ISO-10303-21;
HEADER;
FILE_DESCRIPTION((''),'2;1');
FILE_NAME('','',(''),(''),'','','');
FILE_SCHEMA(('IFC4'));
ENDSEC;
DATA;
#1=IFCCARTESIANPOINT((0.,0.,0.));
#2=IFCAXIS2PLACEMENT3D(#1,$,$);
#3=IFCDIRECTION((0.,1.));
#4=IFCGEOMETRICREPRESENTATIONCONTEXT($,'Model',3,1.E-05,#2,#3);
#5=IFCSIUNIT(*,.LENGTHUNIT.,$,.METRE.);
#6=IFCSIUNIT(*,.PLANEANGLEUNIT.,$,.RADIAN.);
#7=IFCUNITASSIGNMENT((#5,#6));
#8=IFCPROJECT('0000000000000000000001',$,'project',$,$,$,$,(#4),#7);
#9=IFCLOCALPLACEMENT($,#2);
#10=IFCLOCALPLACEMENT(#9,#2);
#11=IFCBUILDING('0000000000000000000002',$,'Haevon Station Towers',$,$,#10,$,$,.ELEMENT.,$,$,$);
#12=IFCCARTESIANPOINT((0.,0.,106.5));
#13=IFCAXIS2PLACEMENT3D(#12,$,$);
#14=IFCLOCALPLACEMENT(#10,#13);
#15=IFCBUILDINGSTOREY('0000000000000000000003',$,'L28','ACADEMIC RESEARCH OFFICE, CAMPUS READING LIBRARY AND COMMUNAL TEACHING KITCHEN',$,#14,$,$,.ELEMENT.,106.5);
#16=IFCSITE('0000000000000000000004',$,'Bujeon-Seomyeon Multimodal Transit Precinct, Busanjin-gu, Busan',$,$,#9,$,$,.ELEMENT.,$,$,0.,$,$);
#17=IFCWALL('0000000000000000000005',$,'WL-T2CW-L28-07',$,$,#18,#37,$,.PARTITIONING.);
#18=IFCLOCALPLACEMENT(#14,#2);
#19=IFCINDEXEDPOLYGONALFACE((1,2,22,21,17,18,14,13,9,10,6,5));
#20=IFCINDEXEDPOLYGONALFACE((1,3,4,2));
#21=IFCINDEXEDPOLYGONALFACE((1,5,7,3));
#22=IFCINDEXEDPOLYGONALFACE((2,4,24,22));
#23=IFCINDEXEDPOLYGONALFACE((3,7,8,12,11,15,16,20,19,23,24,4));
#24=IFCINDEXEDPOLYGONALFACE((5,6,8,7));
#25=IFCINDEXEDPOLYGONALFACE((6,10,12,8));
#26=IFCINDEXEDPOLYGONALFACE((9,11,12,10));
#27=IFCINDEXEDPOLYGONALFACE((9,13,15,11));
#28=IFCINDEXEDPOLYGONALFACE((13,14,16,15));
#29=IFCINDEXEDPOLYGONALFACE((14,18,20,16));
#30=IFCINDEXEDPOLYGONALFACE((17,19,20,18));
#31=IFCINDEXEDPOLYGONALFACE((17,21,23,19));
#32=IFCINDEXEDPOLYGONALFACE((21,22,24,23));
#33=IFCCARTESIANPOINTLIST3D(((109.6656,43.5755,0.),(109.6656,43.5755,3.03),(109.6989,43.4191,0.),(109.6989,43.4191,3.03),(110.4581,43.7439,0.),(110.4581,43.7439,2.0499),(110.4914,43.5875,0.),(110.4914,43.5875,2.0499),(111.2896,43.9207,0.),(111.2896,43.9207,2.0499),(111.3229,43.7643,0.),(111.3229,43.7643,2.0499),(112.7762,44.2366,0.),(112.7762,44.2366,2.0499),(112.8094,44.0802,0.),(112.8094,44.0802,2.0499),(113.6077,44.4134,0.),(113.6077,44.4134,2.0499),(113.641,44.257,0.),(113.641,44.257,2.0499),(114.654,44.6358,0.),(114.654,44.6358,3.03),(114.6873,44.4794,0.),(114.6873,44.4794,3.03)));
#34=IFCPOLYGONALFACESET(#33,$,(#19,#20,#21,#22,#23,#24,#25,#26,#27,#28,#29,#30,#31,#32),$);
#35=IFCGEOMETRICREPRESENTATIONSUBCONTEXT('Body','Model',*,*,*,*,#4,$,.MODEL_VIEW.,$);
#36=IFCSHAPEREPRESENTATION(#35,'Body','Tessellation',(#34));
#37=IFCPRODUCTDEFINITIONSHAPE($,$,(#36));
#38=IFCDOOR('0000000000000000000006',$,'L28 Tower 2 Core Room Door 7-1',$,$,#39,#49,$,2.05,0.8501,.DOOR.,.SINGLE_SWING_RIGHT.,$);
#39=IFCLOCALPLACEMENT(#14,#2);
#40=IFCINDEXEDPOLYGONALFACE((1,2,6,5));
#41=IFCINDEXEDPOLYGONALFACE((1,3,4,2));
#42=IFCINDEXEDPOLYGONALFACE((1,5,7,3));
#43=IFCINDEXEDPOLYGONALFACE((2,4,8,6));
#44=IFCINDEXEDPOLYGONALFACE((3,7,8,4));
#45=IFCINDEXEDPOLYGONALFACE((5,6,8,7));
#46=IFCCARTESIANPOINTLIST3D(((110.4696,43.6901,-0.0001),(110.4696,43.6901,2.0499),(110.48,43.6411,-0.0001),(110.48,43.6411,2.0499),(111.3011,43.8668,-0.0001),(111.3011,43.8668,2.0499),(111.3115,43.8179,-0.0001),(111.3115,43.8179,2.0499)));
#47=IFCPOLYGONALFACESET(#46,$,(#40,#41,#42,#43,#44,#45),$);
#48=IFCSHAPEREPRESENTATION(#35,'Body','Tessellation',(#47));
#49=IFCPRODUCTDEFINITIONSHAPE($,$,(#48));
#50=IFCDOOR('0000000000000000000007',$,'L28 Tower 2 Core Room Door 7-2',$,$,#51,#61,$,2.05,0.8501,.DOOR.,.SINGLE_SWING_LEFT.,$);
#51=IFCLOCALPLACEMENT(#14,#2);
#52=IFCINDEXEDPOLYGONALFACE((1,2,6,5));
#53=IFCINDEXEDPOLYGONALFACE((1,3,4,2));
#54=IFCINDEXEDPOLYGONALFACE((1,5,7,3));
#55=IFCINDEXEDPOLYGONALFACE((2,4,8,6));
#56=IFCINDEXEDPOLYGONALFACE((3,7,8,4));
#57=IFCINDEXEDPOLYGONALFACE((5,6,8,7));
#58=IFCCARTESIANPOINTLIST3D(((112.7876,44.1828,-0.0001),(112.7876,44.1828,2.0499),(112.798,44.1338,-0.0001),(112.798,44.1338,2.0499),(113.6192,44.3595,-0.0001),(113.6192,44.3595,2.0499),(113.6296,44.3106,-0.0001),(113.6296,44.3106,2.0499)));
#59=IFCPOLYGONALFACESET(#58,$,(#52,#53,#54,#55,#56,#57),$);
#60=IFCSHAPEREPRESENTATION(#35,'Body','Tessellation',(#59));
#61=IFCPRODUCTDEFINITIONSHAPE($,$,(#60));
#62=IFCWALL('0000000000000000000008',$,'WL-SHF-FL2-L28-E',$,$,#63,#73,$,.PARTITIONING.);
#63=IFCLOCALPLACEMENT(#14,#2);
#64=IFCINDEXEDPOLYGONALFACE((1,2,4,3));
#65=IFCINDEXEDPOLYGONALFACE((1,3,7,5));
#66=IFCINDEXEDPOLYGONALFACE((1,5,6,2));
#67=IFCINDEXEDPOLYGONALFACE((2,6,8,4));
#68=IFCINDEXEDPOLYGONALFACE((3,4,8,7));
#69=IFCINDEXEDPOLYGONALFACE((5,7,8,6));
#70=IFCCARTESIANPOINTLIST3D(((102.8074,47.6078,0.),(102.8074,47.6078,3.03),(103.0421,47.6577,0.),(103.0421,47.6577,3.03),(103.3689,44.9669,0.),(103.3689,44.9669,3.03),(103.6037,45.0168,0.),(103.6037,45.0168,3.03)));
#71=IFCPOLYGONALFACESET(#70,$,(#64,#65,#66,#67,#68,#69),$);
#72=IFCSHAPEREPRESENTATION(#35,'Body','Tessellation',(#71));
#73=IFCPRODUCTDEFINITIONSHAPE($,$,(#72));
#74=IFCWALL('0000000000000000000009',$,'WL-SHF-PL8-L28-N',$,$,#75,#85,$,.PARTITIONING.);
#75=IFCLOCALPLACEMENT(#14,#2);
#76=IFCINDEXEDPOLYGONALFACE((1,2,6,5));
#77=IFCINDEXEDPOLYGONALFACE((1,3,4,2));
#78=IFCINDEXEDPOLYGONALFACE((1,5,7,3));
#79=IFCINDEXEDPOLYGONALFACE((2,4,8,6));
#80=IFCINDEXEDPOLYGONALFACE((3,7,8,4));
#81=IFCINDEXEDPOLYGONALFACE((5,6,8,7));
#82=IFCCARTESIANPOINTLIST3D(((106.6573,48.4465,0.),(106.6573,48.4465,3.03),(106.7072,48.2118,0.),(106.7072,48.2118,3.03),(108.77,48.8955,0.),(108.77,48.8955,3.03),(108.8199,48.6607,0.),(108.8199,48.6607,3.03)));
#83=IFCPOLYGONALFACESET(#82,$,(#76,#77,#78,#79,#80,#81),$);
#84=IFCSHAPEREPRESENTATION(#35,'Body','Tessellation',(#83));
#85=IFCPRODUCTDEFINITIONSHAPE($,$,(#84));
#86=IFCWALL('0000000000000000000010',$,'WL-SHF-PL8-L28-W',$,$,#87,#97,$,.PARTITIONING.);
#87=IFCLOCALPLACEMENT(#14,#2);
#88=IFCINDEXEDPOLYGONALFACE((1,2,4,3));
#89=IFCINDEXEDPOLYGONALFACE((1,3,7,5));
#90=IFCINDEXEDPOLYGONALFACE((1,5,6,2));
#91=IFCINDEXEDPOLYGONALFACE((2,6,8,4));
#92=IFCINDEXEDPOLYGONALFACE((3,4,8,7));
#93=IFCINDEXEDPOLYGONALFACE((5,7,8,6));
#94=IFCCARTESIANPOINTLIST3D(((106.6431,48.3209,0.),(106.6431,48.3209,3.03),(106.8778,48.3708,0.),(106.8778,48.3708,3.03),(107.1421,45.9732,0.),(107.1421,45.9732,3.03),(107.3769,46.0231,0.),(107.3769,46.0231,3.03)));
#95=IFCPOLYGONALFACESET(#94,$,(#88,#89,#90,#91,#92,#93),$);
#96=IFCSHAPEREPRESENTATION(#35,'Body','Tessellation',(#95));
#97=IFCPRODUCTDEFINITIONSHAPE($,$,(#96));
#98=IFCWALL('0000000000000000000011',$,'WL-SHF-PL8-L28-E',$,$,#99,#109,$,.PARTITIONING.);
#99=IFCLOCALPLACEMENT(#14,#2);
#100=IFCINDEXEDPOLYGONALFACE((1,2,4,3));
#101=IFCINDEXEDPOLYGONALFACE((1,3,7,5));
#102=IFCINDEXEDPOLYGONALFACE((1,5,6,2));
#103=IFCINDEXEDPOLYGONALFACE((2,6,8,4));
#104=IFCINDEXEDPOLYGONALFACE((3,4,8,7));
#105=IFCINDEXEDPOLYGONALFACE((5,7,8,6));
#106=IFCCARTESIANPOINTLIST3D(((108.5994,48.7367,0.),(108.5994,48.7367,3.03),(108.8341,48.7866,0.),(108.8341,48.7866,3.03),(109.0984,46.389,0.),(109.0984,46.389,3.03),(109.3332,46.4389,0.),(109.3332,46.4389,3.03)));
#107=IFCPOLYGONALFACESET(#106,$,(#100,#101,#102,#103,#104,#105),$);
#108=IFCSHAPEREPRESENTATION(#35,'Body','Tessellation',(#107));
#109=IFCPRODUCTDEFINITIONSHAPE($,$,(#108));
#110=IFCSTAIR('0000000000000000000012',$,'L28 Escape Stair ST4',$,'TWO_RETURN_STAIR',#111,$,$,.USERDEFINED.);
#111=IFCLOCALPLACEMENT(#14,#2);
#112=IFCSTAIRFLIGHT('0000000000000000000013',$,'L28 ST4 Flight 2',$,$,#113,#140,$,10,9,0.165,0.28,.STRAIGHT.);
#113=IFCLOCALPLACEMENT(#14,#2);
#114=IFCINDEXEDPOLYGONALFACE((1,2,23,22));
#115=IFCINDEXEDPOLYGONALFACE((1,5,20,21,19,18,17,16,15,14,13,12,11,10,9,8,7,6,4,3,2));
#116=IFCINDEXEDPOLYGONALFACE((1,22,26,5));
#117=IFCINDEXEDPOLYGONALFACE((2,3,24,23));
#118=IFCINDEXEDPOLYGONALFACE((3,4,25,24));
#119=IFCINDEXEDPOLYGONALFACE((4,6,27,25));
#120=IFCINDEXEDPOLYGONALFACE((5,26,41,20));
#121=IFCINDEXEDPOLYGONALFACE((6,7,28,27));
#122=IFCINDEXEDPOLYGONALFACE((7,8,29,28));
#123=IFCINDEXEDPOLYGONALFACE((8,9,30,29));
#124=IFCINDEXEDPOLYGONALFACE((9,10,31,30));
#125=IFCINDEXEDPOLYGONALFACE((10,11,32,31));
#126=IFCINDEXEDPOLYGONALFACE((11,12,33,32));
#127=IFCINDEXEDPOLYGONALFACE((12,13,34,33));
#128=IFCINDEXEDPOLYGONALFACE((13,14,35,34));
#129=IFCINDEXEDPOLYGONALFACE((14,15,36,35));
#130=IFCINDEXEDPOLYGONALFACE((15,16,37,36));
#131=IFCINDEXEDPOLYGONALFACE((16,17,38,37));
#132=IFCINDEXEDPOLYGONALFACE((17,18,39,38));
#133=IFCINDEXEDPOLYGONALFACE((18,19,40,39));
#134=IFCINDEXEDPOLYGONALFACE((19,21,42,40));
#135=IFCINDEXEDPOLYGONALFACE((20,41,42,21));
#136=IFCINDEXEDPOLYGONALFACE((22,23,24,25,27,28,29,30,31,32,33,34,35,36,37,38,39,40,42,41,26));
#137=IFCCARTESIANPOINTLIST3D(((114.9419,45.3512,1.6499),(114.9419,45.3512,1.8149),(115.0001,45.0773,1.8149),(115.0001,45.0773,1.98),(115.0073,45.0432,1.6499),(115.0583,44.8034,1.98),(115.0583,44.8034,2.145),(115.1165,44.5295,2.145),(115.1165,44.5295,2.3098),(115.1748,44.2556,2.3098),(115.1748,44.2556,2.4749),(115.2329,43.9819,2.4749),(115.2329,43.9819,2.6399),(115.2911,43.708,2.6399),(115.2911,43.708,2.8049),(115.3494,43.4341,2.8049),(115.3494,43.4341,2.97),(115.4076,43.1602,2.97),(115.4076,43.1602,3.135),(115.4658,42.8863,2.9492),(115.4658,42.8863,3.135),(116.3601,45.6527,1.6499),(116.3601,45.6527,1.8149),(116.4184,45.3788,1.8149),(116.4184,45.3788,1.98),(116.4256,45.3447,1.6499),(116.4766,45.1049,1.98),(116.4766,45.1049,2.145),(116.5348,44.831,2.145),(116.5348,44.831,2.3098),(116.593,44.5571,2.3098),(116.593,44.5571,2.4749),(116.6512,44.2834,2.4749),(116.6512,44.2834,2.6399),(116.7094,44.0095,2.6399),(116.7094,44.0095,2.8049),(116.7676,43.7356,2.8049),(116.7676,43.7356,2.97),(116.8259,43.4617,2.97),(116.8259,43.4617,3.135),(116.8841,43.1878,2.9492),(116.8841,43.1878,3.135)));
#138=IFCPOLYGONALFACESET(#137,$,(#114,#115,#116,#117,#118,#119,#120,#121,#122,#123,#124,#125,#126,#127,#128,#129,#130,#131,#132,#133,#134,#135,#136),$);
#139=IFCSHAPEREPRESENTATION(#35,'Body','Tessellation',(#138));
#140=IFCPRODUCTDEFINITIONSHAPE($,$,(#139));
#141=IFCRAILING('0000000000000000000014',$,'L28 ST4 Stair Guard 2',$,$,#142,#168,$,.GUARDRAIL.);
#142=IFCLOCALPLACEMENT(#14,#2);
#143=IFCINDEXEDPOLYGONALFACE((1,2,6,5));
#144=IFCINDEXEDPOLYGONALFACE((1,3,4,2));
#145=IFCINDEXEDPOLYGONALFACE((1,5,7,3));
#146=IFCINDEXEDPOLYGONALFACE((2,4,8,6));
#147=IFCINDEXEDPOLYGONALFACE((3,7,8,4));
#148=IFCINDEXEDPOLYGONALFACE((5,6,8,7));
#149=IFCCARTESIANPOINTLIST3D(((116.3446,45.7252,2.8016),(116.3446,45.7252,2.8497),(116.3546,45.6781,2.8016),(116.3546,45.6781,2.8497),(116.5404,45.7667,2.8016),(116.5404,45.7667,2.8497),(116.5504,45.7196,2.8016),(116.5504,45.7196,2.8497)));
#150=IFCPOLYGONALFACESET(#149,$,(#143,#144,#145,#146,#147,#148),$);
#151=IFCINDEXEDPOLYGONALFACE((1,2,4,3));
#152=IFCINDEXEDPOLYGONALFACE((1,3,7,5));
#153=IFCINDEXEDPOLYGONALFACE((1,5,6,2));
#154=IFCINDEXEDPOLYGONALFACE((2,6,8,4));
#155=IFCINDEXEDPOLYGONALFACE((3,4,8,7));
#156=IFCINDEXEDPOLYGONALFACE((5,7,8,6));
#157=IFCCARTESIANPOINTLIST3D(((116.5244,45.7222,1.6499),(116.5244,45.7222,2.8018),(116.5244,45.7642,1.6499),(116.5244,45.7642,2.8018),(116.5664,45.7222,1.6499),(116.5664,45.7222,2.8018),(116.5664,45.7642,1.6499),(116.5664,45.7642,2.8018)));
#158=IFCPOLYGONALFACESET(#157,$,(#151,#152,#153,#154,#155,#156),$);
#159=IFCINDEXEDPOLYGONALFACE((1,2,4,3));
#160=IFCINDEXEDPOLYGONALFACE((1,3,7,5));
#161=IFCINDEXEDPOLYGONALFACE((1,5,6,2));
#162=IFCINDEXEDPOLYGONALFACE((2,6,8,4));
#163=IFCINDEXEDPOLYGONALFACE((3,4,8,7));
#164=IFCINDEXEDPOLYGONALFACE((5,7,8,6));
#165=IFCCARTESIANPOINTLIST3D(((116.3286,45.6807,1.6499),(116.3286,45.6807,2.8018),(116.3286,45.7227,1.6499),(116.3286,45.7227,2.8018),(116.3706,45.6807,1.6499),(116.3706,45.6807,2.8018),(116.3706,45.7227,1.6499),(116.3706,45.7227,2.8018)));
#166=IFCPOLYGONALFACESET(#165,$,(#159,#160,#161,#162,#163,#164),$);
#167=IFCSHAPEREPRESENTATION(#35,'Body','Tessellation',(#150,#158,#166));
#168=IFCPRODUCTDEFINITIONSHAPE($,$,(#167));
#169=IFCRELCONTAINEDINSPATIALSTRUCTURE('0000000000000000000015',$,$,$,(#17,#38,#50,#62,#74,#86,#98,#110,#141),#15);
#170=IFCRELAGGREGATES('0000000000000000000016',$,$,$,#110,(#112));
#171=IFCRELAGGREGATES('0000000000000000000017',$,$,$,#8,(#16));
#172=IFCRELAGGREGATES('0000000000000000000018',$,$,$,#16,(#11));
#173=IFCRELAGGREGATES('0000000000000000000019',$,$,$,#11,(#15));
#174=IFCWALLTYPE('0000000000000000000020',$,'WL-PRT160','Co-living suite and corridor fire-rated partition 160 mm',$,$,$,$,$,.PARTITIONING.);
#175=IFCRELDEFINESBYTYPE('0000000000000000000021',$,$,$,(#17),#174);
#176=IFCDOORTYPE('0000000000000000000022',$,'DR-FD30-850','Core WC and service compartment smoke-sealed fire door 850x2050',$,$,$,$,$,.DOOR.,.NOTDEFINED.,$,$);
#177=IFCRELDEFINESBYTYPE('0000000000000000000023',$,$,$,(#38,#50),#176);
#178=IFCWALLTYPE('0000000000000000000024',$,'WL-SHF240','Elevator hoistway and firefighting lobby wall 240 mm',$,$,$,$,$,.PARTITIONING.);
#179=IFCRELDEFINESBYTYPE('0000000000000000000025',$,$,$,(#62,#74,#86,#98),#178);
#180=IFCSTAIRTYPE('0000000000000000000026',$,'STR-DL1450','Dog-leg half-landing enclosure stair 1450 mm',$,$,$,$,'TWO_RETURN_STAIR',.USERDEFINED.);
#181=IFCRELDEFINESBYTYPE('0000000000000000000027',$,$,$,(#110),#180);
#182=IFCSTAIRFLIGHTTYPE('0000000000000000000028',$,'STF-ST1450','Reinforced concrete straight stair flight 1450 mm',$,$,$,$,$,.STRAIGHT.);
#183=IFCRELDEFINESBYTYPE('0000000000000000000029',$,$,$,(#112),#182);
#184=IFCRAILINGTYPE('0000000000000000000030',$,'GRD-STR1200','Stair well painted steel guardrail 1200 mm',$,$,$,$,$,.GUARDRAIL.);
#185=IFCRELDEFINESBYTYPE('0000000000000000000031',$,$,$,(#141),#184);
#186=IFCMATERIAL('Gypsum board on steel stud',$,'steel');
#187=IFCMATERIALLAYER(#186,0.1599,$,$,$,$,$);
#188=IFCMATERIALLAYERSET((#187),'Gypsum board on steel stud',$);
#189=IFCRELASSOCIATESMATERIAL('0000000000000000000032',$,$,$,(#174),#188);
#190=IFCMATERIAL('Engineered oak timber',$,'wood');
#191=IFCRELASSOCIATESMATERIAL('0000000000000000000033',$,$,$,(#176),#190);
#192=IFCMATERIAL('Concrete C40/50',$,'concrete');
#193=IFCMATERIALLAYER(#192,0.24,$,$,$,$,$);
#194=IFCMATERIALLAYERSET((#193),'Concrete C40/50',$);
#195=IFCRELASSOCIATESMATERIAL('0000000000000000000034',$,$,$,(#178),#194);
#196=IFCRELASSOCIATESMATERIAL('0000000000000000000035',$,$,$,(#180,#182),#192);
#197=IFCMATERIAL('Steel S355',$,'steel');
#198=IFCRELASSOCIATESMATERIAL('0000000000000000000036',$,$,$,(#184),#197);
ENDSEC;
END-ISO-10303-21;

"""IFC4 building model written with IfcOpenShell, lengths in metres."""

from ifc_helpers import new_model, si_unit, direction, frame, frame_2d, origin, origin_2d, place, context, subcontext, project, spatial, polyline, rectangle, outline, extrude, material, layer, layer_set, type_object, element, fill, aggregate, save


model = new_model("IFC4")

# Units and contexts
model_context = context("Model", 3, precision=1e-05, world=origin(), true_north=direction((0.0, 1.0)))
body_context = subcontext(model_context, "Body", "Model", "MODEL_VIEW")
ifc_project = project(units=[si_unit("LENGTHUNIT", "METRE"), si_unit("PLANEANGLEUNIT", "RADIAN")], contexts=[model_context])

# Site, building, storey
site_placement = place(None, origin())
site = spatial("IfcSite", under=ifc_project, at=site_placement, Name="Bujeon-Seomyeon Multimodal Transit Precinct, Busanjin-gu, Busan", CompositionType="ELEMENT", RefElevation=0.0)
building_placement = place(site_placement, origin())
building = spatial("IfcBuilding", under=site, at=building_placement, Name="Haevon Station Towers", CompositionType="ELEMENT")
storey_placement = place(building_placement, frame((0.0, 0.0, 106.5)))
storey = spatial("IfcBuildingStorey", under=building, at=storey_placement, Name="L28", Description="ACADEMIC RESEARCH OFFICE, CAMPUS READING LIBRARY AND COMMUNAL TEACHING KITCHEN", CompositionType="ELEMENT", Elevation=106.5)

# Shared definitions
ifc_material_1 = material(Name="Gypsum board on steel stud", Category="steel")
ifc_material_2 = material(Name="Engineered oak timber", Category="wood")

# Shared definitions
ifc_layer_1 = layer(ifc_material_1, 0.1599)
ifc_layer_set_1 = layer_set([ifc_layer_1], Name="Gypsum board on steel stud")
wall_type_1 = type_object("IfcWallType", Name="WL-PRT160", Description="Co-living suite and corridor fire-rated partition 160 mm", PredefinedType="PARTITIONING", material=ifc_layer_set_1)

# Wall, openings, doors
wall_1_placement = place(storey_placement, frame((109.6824, 43.4973, 0.0), z_axis=(0.0, 0.0, 1.0), x_axis=(0.978149, 0.207904, 0.0)))
wall_1 = element("IfcWall", 1, at=wall_1_placement, inside=storey, type_object=wall_type_1, Name="WL-T2CW-L28-07", PredefinedType="PARTITIONING", context=body_context, shape_type="SweptSolid", body=[
    extrude(rectangle(XDim=5.0999, YDim=0.1599, at=frame_2d((2.5498, 0.0))), origin(), (0.0, 0.0, 1.0), 3.03),
])
opening_1_placement = place(wall_1_placement, frame((0.8101, 0.0, 0.0)))
opening_1 = element("IfcOpeningElement", 2, at=opening_1_placement, cuts=wall_1, PredefinedType="OPENING", context=body_context, shape_type="SweptSolid", body=[
    extrude(rectangle(XDim=0.8501, YDim=2.05, at=frame_2d((0.425, 1.0249))), frame((0.0, 0.0898, 0.0), z_axis=(0.0, -1.0, 0.0), x_axis=(1.0, 0.0, 0.0)), (0.0, 0.0, 1.0), 0.1799),
])
opening_2_placement = place(wall_1_placement, frame((3.1799, 0.0, 0.0)))
opening_2 = element("IfcOpeningElement", 3, at=opening_2_placement, cuts=wall_1, PredefinedType="OPENING", context=body_context, shape_type="SweptSolid", body=[
    extrude(rectangle(XDim=0.8501, YDim=2.05, at=frame_2d((0.425, 1.0249))), frame((0.0, 0.0898, 0.0), z_axis=(0.0, -1.0, 0.0), x_axis=(1.0, 0.0, 0.0)), (0.0, 0.0, 1.0), 0.1799),
])
door_type_1 = type_object("IfcDoorType", Name="DR-FD30-850", Description="Core WC and service compartment smoke-sealed fire door 850x2050", OperationType="NOTDEFINED", PredefinedType="DOOR", material=ifc_material_2)
door_1_placement = place(opening_1_placement, origin())
door_1 = element("IfcDoor", 4, at=door_1_placement, inside=storey, type_object=door_type_1, Name="L28 Tower 2 Core Room Door 7-1", OperationType="SINGLE_SWING_RIGHT", OverallHeight=2.05, OverallWidth=0.8501, PredefinedType="DOOR", context=body_context, shape_type="SweptSolid", body=[
    extrude(rectangle(XDim=0.8501, YDim=2.05, at=frame_2d((0.425, 1.0249))), frame((0.0, 0.0249, 0.0), z_axis=(0.0, -1.0, 0.0), x_axis=(1.0, 0.0, 0.0)), (0.0, 0.0, 1.0), 0.05),
])
fill(opening_1, door_1)
door_2_placement = place(opening_2_placement, origin())
door_2 = element("IfcDoor", 5, at=door_2_placement, inside=storey, type_object=door_type_1, Name="L28 Tower 2 Core Room Door 7-2", OperationType="SINGLE_SWING_LEFT", OverallHeight=2.05, OverallWidth=0.8501, PredefinedType="DOOR", context=body_context, shape_type="SweptSolid", body=[
    extrude(rectangle(XDim=0.8501, YDim=2.05, at=frame_2d((0.425, 1.0249))), frame((0.0, 0.0249, 0.0), z_axis=(0.0, -1.0, 0.0), x_axis=(1.0, 0.0, 0.0)), (0.0, 0.0, 1.0), 0.05),
])
fill(opening_2, door_2)

# Wall
ifc_material_3 = material(Name="Concrete C40/50", Category="concrete")
ifc_layer_2 = layer(ifc_material_3, 0.24)
ifc_layer_set_2 = layer_set([ifc_layer_2], Name="Concrete C40/50")
wall_type_2 = type_object("IfcWallType", Name="WL-SHF240", Description="Elevator hoistway and firefighting lobby wall 240 mm", PredefinedType="PARTITIONING", material=ifc_layer_set_2)
wall_2_placement = place(storey_placement, frame((103.4863, 44.9917, 0.0), z_axis=(0.0, 0.0, 1.0), x_axis=(-0.207979, 0.978133, 0.0)))
element("IfcWall", 6, at=wall_2_placement, inside=storey, type_object=wall_type_2, Name="WL-SHF-FL2-L28-E", PredefinedType="PARTITIONING", context=body_context, shape_type="SweptSolid", body=[
    extrude(rectangle(XDim=2.7, YDim=0.24, at=frame_2d((1.3501, 0.0))), origin(), (0.0, 0.0, 1.0), 3.03),
])

# Walls
wall_3_placement = place(storey_placement, frame((106.6821, 48.3291, 0.0), z_axis=(0.0, 0.0, 1.0), x_axis=(0.978158, 0.207861, 0.0)))
element("IfcWall", 7, at=wall_3_placement, inside=storey, type_object=wall_type_2, Name="WL-SHF-PL8-L28-N", PredefinedType="PARTITIONING", context=body_context, shape_type="SweptSolid", body=[
    extrude(rectangle(XDim=2.1599, YDim=0.24, at=frame_2d((1.0801, 0.0))), origin(), (0.0, 0.0, 1.0), 3.03),
])
for number, where, z_axis, x_axis, name in (
    (8, (107.2595, 45.998, 0.0), (0.0, 0.0, 1.0), (-0.207917, 0.978146, 0.0), "WL-SHF-PL8-L28-W"),
    (9, (109.2158, 46.4138, 0.0), (0.0, 0.0, 1.0), (-0.207917, 0.978146, 0.0), "WL-SHF-PL8-L28-E"),
):
    element("IfcWall", number, at=place(storey_placement, frame(where, z_axis=z_axis, x_axis=x_axis)), inside=storey, type_object=wall_type_2, Name=name, PredefinedType="PARTITIONING", context=body_context, shape_type="SweptSolid", body=[
        extrude(rectangle(XDim=2.4001, YDim=0.24, at=frame_2d((1.2002, 0.0))), origin(), (0.0, 0.0, 1.0), 3.03),
    ])

# Stair, stair flight
stair_type = type_object("IfcStairType", Name="STR-DL1450", Description="Dog-leg half-landing enclosure stair 1450 mm", ElementType="TWO_RETURN_STAIR", PredefinedType="USERDEFINED", material=ifc_material_3)
stair_placement = place(storey_placement, origin())
stair = element("IfcStair", 10, at=stair_placement, inside=storey, type_object=stair_type, Name="L28 Escape Stair ST4", ObjectType="TWO_RETURN_STAIR", PredefinedType="USERDEFINED")
stair_flight_type = type_object("IfcStairFlightType", Name="STF-ST1450", Description="Reinforced concrete straight stair flight 1450 mm", PredefinedType="STRAIGHT", material=ifc_material_3)
stair_flight_placement = place(storey_placement, frame((115.6509, 45.502, 1.6499), z_axis=(0.0, 0.0, 1.0), x_axis=(0.207912, -0.978148, 0.0)))
stair_flight = element("IfcStairFlight", 11, at=stair_flight_placement, type_object=stair_flight_type, Name="L28 ST4 Flight 2", NumberOfRisers=10, NumberOfTreads=9, PredefinedType="STRAIGHT", RiserHeight=0.165, TreadLength=0.28, context=body_context, shape_type="SweptSolid", body=[
    extrude(outline(polyline([(0.0, 0.0), (0.0, 0.165), (0.28, 0.165), (0.28, 0.3301), (0.5601, 0.3301), (0.5601, 0.4951), (0.8401, 0.4951), (0.8401, 0.6599), (1.1201, 0.6599), (1.1201, 0.825), (1.3999, 0.825), (1.3999, 0.99), (1.6799, 0.99), (1.6799, 1.155), (1.96, 1.155), (1.96, 1.3201), (2.24, 1.3201), (2.24, 1.4851), (2.52, 1.4851), (2.52, 1.6499), (2.52, 1.2993), (0.3149, 0.0), (0.0, 0.0)])), frame((0.0, 0.7251, 0.0), z_axis=(0.0, -1.0, 0.0), x_axis=(1.0, 0.0, 0.0)), (0.0, 0.0, 1.0), 1.45),
])
aggregate(stair, [stair_flight])

# Railing
ifc_material_4 = material(Name="Steel S355", Category="steel")
railing_type_1 = type_object("IfcRailingType", Name="GRD-STR1200", Description="Stair well painted steel guardrail 1200 mm", PredefinedType="GUARDRAIL", material=ifc_material_4)
railing_1_placement = place(storey_placement, frame((116.5454, 45.7432, 1.6499)))
element("IfcRailing", 12, at=railing_1_placement, inside=storey, type_object=railing_type_1, Name="L28 ST4 Stair Guard 2", PredefinedType="GUARDRAIL", context=body_context, shape_type="SweptSolid", body=[
    extrude(rectangle(XDim=0.0481, YDim=0.0481, at=origin_2d()), frame((0.0, 0.0, 1.1758), z_axis=(-0.978264, -0.207363, 0.0), x_axis=(0.207363, -0.978264, 0.0)), (0.0, 0.0, 1.0), 0.2002),
    extrude(rectangle(XDim=0.042, YDim=0.042, at=origin_2d()), origin(), (0.0, 0.0, 1.0), 1.1519),
    extrude(rectangle(XDim=0.042, YDim=0.042, at=origin_2d()), frame((-0.1958, -0.0415, 0.0)), (0.0, 0.0, 1.0), 1.1519),
])

save(model, "model.ifc")
